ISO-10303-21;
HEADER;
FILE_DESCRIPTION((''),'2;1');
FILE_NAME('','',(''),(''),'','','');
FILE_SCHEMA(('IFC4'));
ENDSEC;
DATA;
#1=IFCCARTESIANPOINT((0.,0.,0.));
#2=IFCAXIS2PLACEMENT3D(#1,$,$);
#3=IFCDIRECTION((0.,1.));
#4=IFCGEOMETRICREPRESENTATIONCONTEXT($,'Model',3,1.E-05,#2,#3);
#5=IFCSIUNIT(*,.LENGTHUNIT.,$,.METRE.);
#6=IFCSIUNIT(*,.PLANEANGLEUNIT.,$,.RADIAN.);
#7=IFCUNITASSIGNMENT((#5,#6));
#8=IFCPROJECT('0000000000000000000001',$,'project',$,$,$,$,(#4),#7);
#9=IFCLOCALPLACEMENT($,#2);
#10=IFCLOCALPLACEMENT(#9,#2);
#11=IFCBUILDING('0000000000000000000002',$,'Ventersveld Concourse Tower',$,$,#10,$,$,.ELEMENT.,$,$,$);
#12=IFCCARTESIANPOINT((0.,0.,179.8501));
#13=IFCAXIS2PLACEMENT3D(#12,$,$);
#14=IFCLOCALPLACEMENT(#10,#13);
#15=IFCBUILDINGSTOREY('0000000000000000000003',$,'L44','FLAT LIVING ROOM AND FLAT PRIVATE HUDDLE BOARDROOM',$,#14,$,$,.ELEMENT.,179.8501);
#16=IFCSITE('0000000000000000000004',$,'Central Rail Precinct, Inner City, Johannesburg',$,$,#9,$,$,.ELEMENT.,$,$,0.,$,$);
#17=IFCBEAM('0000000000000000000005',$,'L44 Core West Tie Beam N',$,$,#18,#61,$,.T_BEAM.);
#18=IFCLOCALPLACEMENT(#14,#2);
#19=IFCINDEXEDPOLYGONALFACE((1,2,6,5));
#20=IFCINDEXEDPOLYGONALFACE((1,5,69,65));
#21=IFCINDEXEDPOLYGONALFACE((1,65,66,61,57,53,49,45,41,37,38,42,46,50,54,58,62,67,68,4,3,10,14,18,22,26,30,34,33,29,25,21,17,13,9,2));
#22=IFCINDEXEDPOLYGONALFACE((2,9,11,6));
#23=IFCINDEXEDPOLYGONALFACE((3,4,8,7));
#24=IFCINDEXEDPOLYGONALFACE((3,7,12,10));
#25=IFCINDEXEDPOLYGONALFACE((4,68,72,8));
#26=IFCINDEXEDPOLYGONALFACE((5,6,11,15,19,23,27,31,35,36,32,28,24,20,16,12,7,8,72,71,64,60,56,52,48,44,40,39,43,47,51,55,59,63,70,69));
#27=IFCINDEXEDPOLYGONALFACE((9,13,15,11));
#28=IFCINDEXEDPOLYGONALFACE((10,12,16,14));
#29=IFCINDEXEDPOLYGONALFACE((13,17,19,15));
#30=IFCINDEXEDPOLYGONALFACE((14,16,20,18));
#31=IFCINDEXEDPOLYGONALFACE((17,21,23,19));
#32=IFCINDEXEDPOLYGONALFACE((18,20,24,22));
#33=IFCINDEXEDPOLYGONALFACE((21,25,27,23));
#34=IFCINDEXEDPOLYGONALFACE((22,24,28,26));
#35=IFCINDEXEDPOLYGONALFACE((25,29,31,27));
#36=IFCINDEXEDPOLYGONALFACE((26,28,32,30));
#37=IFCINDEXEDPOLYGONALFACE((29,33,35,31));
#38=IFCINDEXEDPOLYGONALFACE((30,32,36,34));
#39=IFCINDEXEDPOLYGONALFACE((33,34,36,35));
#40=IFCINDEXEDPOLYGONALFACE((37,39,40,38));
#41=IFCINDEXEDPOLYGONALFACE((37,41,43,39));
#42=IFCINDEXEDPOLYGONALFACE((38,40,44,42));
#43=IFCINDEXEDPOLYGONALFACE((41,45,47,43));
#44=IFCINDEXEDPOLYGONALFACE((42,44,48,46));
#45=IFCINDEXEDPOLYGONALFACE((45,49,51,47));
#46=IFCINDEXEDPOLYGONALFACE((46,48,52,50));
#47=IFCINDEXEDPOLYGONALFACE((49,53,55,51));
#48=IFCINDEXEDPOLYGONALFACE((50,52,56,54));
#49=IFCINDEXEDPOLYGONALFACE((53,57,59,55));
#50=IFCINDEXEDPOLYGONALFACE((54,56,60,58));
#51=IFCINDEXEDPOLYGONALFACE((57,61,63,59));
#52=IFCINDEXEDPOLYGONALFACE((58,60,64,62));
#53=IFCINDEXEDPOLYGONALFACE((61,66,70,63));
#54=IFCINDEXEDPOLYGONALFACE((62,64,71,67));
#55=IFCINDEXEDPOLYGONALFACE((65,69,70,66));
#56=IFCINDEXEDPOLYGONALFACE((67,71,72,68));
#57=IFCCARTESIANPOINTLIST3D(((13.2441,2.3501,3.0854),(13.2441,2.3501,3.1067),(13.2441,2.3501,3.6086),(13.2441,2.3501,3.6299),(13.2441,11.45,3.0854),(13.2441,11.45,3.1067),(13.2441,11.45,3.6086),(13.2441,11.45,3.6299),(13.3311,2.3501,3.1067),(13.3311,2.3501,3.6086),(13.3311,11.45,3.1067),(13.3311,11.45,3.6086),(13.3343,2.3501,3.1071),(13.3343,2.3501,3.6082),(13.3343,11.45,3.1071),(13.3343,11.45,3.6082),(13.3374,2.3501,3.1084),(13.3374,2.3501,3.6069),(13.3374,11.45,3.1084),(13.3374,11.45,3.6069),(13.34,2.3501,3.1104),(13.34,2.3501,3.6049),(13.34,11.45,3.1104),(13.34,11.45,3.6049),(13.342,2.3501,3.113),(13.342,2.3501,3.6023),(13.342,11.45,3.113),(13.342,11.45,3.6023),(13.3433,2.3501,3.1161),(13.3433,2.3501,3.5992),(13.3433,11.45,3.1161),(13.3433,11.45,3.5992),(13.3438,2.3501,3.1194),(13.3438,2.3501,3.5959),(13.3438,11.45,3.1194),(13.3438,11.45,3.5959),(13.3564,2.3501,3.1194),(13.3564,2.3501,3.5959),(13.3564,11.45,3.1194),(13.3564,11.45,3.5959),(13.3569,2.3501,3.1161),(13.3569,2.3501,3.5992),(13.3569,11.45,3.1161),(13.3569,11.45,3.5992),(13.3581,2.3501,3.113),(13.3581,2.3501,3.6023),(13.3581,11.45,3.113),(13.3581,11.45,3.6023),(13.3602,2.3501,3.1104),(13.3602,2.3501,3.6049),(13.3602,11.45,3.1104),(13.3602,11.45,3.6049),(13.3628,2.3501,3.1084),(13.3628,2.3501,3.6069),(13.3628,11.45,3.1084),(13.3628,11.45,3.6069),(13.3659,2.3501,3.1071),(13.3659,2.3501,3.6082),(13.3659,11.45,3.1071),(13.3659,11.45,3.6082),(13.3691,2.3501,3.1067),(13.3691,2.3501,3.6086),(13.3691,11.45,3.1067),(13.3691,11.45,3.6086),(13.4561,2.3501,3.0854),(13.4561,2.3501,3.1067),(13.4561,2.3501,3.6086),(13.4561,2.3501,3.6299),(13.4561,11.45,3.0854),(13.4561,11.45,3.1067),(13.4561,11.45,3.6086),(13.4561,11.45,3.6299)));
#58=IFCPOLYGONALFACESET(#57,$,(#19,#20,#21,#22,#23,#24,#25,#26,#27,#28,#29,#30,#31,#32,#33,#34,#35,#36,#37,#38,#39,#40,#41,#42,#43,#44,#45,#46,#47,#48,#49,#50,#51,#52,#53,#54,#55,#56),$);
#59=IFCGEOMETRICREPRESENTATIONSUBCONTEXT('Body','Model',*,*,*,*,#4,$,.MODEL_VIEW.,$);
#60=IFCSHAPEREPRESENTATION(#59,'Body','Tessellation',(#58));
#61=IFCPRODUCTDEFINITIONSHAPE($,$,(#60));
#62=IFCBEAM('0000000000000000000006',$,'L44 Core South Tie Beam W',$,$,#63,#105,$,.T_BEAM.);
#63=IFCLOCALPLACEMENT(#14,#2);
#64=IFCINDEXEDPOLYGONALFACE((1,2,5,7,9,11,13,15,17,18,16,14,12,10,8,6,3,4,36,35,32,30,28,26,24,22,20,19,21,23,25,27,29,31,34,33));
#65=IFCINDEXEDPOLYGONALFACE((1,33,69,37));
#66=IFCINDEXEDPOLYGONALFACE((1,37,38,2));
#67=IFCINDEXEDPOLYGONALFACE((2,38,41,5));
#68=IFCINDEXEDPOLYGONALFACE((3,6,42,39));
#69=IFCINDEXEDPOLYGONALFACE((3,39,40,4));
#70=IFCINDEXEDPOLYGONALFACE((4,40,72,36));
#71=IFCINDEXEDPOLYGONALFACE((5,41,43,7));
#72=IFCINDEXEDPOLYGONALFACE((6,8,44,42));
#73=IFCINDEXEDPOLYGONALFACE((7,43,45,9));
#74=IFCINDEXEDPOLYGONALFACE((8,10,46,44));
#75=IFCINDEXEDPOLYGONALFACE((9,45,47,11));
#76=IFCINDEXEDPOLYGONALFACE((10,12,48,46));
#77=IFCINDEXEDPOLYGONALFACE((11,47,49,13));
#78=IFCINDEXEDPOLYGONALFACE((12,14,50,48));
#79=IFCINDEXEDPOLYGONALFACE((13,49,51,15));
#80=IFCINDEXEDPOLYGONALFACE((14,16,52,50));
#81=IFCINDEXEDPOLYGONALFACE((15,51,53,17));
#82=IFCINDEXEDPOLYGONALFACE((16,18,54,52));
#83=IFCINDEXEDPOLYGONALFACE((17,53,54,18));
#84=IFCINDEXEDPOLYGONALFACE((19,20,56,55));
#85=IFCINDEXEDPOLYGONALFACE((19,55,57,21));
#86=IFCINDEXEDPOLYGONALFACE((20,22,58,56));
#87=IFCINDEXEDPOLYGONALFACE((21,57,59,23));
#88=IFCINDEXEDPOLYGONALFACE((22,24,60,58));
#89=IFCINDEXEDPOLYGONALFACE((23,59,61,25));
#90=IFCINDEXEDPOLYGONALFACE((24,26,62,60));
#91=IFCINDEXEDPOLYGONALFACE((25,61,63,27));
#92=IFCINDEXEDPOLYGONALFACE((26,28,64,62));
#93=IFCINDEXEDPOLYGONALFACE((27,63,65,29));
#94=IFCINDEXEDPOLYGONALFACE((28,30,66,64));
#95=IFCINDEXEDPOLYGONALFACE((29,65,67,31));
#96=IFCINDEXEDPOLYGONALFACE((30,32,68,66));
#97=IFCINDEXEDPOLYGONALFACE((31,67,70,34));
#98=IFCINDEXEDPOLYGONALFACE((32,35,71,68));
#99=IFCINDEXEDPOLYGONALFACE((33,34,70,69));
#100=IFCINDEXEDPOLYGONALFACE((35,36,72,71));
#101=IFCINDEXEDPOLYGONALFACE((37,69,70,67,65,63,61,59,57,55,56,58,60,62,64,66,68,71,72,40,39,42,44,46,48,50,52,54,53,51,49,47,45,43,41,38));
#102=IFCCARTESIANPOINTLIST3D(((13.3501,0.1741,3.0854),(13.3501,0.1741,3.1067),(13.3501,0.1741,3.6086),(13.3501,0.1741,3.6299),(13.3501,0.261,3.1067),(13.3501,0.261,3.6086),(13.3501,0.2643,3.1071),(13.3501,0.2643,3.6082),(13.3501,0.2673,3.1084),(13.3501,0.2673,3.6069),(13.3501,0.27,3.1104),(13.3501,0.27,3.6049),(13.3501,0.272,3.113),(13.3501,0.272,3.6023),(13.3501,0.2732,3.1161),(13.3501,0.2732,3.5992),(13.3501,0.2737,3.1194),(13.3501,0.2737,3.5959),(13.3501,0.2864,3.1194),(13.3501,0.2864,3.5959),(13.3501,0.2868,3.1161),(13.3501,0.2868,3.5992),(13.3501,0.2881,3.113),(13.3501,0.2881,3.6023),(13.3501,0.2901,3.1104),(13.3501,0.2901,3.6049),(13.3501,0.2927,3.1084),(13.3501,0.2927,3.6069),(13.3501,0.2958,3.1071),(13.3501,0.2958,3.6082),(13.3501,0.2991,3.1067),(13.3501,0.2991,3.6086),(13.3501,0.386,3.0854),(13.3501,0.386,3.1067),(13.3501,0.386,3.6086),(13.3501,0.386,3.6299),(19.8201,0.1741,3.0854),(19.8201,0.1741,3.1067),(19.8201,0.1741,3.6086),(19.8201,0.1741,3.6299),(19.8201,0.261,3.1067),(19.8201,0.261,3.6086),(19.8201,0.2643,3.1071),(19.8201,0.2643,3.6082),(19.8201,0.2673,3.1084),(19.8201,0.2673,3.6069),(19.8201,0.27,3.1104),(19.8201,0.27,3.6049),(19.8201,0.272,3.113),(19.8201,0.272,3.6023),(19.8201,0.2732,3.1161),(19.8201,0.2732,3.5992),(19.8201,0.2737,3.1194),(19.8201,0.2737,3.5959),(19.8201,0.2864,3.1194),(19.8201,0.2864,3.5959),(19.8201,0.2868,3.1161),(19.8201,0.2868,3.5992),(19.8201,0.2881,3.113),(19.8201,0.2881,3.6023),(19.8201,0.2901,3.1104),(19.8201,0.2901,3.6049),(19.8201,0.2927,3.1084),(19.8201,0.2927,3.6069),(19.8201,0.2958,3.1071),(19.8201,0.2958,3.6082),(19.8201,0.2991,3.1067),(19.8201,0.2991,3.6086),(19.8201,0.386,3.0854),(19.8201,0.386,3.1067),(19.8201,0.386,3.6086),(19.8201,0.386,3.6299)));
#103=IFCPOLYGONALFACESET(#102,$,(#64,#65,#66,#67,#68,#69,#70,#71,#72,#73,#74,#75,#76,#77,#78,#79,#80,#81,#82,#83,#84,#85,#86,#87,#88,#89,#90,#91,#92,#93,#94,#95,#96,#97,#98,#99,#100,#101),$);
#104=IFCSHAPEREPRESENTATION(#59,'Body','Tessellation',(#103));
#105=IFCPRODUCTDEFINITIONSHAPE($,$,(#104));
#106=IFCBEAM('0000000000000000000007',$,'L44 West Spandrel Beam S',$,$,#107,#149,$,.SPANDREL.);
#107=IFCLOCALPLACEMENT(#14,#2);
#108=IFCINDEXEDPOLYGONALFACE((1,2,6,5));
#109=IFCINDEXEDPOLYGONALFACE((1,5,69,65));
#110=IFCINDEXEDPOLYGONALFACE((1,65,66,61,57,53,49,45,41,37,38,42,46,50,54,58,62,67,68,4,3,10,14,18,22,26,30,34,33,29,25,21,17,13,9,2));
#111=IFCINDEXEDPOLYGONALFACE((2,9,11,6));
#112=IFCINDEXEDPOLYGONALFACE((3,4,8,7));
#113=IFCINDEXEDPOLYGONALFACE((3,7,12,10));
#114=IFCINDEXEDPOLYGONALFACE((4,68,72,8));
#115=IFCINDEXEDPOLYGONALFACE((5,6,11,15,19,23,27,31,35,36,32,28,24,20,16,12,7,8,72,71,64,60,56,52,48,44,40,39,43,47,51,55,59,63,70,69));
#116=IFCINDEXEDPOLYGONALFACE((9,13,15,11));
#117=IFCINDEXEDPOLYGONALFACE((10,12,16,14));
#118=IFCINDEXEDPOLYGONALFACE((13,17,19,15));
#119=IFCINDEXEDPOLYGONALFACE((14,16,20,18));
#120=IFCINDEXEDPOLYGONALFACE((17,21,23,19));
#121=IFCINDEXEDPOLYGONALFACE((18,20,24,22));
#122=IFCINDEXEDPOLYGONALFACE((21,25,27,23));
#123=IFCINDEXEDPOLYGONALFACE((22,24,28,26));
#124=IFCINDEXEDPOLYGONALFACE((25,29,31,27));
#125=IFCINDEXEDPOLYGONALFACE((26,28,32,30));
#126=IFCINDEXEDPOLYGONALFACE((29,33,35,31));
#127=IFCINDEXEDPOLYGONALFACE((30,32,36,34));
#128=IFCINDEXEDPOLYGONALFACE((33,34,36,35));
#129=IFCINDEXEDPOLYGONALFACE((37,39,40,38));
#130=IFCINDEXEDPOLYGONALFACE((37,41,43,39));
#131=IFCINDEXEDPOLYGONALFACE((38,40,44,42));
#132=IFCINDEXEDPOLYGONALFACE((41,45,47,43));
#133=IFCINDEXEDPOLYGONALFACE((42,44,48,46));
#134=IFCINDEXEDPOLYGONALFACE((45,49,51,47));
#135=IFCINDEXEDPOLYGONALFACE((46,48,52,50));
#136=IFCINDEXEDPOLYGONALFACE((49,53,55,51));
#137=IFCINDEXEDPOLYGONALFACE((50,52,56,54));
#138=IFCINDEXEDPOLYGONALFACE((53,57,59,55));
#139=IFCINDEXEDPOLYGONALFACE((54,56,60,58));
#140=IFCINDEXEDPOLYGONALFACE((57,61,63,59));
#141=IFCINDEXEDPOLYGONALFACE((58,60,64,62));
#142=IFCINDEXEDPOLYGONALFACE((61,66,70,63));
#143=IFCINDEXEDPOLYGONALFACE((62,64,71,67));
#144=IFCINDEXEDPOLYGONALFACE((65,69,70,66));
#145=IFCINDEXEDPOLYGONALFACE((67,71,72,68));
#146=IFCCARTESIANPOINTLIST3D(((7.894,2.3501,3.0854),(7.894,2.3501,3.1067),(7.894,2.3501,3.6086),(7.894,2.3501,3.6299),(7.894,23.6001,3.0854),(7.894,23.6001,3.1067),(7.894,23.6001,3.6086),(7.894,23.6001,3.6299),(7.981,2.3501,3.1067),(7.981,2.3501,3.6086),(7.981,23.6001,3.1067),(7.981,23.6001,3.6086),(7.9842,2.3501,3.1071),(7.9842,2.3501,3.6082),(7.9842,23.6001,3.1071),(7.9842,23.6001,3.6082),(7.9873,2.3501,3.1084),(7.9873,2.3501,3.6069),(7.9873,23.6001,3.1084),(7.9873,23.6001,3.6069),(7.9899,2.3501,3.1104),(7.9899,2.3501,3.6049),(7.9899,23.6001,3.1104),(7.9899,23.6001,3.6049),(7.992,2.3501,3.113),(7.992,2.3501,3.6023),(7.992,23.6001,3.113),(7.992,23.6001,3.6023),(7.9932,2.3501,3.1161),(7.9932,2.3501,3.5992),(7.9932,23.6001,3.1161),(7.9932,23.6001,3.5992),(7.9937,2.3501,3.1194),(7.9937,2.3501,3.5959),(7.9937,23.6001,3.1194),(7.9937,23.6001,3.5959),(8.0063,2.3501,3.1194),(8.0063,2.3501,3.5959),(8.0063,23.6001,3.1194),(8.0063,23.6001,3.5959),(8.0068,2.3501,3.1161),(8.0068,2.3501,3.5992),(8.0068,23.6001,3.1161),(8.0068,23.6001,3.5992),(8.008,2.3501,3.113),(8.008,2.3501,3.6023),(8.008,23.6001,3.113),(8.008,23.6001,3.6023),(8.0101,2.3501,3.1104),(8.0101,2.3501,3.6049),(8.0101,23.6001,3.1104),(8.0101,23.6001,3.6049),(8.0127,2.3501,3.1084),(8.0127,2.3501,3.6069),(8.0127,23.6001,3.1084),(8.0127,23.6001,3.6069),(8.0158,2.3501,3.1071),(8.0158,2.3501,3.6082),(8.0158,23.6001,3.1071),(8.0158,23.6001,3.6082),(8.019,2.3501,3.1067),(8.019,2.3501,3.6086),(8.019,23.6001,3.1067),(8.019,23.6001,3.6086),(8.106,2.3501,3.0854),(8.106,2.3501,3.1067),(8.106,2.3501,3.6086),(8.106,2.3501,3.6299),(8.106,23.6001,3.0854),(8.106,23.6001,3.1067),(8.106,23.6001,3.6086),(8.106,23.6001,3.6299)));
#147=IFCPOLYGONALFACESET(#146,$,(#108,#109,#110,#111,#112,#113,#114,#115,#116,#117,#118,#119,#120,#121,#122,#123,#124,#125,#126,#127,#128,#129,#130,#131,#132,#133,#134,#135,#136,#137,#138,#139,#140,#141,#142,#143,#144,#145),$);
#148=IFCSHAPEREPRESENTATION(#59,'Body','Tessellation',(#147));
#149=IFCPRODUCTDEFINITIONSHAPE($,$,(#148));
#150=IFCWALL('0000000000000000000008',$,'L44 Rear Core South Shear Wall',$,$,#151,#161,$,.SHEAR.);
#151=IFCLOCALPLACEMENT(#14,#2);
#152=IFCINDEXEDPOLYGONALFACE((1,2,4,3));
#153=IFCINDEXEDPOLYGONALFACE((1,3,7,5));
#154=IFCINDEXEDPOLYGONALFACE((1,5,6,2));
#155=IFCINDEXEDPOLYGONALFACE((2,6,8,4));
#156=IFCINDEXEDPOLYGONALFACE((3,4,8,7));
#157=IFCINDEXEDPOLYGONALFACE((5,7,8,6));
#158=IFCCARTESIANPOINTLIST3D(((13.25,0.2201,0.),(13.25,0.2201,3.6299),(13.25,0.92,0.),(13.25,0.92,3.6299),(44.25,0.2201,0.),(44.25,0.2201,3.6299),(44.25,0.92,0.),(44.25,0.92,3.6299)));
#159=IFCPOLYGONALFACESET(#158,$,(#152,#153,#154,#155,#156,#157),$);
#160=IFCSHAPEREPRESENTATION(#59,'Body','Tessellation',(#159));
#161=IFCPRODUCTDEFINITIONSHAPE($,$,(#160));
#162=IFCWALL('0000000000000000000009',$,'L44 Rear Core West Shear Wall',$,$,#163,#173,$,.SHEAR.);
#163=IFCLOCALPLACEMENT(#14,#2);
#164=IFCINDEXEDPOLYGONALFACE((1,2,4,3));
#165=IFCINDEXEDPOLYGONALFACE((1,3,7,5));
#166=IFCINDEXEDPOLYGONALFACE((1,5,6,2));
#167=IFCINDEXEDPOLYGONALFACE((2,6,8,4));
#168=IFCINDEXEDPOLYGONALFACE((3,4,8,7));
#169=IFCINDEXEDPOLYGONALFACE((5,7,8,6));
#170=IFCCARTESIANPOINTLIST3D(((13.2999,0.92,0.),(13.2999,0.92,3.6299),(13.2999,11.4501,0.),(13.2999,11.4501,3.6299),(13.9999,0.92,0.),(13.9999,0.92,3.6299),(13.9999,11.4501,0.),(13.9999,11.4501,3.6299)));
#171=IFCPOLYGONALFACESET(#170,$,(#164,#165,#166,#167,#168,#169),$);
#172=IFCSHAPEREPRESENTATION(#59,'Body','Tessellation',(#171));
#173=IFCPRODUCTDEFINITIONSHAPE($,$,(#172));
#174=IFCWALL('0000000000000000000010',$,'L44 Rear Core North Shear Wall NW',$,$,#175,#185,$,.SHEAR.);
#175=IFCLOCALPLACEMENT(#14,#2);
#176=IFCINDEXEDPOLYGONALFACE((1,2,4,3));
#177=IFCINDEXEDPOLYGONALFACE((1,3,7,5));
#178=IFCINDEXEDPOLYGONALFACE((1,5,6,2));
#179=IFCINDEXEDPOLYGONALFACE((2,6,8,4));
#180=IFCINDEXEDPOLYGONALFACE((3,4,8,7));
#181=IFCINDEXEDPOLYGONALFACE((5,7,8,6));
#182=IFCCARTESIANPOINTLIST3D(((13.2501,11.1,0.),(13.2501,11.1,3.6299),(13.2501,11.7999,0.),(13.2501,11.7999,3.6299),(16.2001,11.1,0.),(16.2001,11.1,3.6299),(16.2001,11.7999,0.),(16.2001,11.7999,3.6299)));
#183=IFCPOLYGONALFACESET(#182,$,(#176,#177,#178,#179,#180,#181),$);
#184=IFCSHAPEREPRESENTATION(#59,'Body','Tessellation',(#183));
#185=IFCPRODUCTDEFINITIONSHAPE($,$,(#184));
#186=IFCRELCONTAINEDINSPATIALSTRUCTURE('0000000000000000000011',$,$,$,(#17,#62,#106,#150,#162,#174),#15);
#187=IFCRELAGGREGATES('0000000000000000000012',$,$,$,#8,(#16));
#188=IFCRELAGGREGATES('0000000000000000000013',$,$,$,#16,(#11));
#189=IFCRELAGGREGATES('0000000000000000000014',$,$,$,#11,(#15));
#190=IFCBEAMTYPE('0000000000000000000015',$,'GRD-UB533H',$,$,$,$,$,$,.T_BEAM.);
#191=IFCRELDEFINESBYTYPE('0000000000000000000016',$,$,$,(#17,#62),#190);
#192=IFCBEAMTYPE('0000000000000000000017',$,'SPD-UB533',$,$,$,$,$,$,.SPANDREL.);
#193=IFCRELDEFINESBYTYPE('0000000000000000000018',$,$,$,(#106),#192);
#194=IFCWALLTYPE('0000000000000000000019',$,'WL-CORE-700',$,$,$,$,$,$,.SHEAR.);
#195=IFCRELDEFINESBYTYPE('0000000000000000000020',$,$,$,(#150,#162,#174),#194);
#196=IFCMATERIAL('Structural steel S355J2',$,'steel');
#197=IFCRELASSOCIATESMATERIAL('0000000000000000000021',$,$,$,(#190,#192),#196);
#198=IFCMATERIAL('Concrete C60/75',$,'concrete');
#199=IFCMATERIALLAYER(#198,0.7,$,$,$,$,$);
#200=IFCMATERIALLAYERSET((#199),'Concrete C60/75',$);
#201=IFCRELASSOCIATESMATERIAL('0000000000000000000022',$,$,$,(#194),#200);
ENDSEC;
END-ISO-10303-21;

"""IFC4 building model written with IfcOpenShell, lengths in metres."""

from ifc_helpers import new_model, si_unit, direction, frame, frame_2d, origin, origin_2d, place, context, subcontext, project, spatial, rectangle, i_section, extrude, material, layer, layer_set, material_profile, profile_set, type_object, element, save


model = new_model("IFC4")

# Units and contexts
model_context = context("Model", 3, precision=1e-05, world=origin(), true_north=direction((0.0, 1.0)))
body_context = subcontext(model_context, "Body", "Model", "MODEL_VIEW")
ifc_project = project(units=[si_unit("LENGTHUNIT", "METRE"), si_unit("PLANEANGLEUNIT", "RADIAN")], contexts=[model_context])

# Site, building, storey
site_placement = place(None, origin())
site = spatial("IfcSite", under=ifc_project, at=site_placement, Name="Central Rail Precinct, Inner City, Johannesburg", CompositionType="ELEMENT", RefElevation=0.0)
building_placement = place(site_placement, origin())
building = spatial("IfcBuilding", under=site, at=building_placement, Name="Ventersveld Concourse Tower", CompositionType="ELEMENT")
storey_placement = place(building_placement, frame((0.0, 0.0, 179.8501)))
storey = spatial("IfcBuildingStorey", under=building, at=storey_placement, Name="L44", Description="FLAT LIVING ROOM AND FLAT PRIVATE HUDDLE BOARDROOM", CompositionType="ELEMENT", Elevation=179.8501)

# Beams
ifc_material_1 = material(Name="Structural steel S355J2", Category="steel")
ifc_material_profile_1 = material_profile(ifc_material_1, i_section(OverallWidth=0.2119, OverallDepth=0.5444, WebThickness=0.0127, FlangeThickness=0.0212, FilletRadius=0.0127, at=origin_2d()), Name="UB 533x210x122")
ifc_profile_set_1 = profile_set([ifc_material_profile_1], Name="Structural steel S355J2")
beam_type_1 = type_object("IfcBeamType", Name="GRD-UB533H", PredefinedType="T_BEAM", material=ifc_profile_set_1)
beam_1_placement = place(storey_placement, frame((13.3501, 2.3501, 3.3577), z_axis=(0.0, 1.0, 0.0), x_axis=(-1.0, 0.0, 0.0)))
element("IfcBeam", 1, at=beam_1_placement, inside=storey, type_object=beam_type_1, Name="L44 Core West Tie Beam N", PredefinedType="T_BEAM", context=body_context, shape_type="SweptSolid", body=[
    extrude(i_section(OverallWidth=0.2119, OverallDepth=0.5444, WebThickness=0.0127, FlangeThickness=0.0212, FilletRadius=0.0127, at=origin_2d()), origin(), (0.0, 0.0, 1.0), 9.0999),
])
beam_2_placement = place(storey_placement, frame((13.3501, 0.28, 3.3577), z_axis=(1.0, 0.0, 0.0), x_axis=(0.0, 1.0, 0.0)))
element("IfcBeam", 2, at=beam_2_placement, inside=storey, type_object=beam_type_1, Name="L44 Core South Tie Beam W", PredefinedType="T_BEAM", context=body_context, shape_type="SweptSolid", body=[
    extrude(i_section(OverallWidth=0.2119, OverallDepth=0.5444, WebThickness=0.0127, FlangeThickness=0.0212, FilletRadius=0.0127, at=origin_2d()), origin(), (0.0, 0.0, 1.0), 6.47),
])
ifc_material_profile_2 = material_profile(ifc_material_1, i_section(OverallWidth=0.2119, OverallDepth=0.5444, WebThickness=0.0127, FlangeThickness=0.0212, FilletRadius=0.0127, at=origin_2d()), Name="UB 533x210x122")
ifc_profile_set_2 = profile_set([ifc_material_profile_2], Name="Structural steel S355J2")
beam_type_2 = type_object("IfcBeamType", Name="SPD-UB533", PredefinedType="SPANDREL", material=ifc_profile_set_2)
beam_3_placement = place(storey_placement, frame((8.0, 2.3501, 3.3577), z_axis=(0.0, 1.0, 0.0), x_axis=(-1.0, 0.0, 0.0)))
element("IfcBeam", 3, at=beam_3_placement, inside=storey, type_object=beam_type_2, Name="L44 West Spandrel Beam S", PredefinedType="SPANDREL", context=body_context, shape_type="SweptSolid", body=[
    extrude(i_section(OverallWidth=0.2119, OverallDepth=0.5444, WebThickness=0.0127, FlangeThickness=0.0212, FilletRadius=0.0127, at=origin_2d()), origin(), (0.0, 0.0, 1.0), 21.25),
])

# Walls
ifc_material_2 = material(Name="Concrete C60/75", Category="concrete")
ifc_layer_1 = layer(ifc_material_2, 0.7)
ifc_layer_set_1 = layer_set([ifc_layer_1], Name="Concrete C60/75")
wall_type_1 = type_object("IfcWallType", Name="WL-CORE-700", PredefinedType="SHEAR", material=ifc_layer_set_1)
wall_1_placement = place(storey_placement, frame((13.25, 0.5701, 0.0), z_axis=(0.0, 0.0, 1.0), x_axis=(1.0, 0.0, 0.0)))
element("IfcWall", 4, at=wall_1_placement, inside=storey, type_object=wall_type_1, Name="L44 Rear Core South Shear Wall", PredefinedType="SHEAR", context=body_context, shape_type="SweptSolid", body=[
    extrude(rectangle(XDim=31.0, YDim=0.7, at=frame_2d((15.5, 0.0))), origin(), (0.0, 0.0, 1.0), 3.6299),
])
wall_2_placement = place(storey_placement, frame((13.6499, 0.9199, 0.0), z_axis=(0.0, 0.0, 1.0), x_axis=(0.0, 1.0, 0.0)))
element("IfcWall", 5, at=wall_2_placement, inside=storey, type_object=wall_type_1, Name="L44 Rear Core West Shear Wall", PredefinedType="SHEAR", context=body_context, shape_type="SweptSolid", body=[
    extrude(rectangle(XDim=10.53, YDim=0.7, at=frame_2d((5.2651, 0.0))), origin(), (0.0, 0.0, 1.0), 3.6299),
])
wall_3_placement = place(storey_placement, frame((13.25, 11.45, 0.0), z_axis=(0.0, 0.0, 1.0), x_axis=(1.0, 0.0, 0.0)))
element("IfcWall", 6, at=wall_3_placement, inside=storey, type_object=wall_type_1, Name="L44 Rear Core North Shear Wall NW", PredefinedType="SHEAR", context=body_context, shape_type="SweptSolid", body=[
    extrude(rectangle(XDim=2.95, YDim=0.7, at=frame_2d((1.4751, 0.0))), origin(), (0.0, 0.0, 1.0), 3.6299),
])

save(model, "model.ifc")
